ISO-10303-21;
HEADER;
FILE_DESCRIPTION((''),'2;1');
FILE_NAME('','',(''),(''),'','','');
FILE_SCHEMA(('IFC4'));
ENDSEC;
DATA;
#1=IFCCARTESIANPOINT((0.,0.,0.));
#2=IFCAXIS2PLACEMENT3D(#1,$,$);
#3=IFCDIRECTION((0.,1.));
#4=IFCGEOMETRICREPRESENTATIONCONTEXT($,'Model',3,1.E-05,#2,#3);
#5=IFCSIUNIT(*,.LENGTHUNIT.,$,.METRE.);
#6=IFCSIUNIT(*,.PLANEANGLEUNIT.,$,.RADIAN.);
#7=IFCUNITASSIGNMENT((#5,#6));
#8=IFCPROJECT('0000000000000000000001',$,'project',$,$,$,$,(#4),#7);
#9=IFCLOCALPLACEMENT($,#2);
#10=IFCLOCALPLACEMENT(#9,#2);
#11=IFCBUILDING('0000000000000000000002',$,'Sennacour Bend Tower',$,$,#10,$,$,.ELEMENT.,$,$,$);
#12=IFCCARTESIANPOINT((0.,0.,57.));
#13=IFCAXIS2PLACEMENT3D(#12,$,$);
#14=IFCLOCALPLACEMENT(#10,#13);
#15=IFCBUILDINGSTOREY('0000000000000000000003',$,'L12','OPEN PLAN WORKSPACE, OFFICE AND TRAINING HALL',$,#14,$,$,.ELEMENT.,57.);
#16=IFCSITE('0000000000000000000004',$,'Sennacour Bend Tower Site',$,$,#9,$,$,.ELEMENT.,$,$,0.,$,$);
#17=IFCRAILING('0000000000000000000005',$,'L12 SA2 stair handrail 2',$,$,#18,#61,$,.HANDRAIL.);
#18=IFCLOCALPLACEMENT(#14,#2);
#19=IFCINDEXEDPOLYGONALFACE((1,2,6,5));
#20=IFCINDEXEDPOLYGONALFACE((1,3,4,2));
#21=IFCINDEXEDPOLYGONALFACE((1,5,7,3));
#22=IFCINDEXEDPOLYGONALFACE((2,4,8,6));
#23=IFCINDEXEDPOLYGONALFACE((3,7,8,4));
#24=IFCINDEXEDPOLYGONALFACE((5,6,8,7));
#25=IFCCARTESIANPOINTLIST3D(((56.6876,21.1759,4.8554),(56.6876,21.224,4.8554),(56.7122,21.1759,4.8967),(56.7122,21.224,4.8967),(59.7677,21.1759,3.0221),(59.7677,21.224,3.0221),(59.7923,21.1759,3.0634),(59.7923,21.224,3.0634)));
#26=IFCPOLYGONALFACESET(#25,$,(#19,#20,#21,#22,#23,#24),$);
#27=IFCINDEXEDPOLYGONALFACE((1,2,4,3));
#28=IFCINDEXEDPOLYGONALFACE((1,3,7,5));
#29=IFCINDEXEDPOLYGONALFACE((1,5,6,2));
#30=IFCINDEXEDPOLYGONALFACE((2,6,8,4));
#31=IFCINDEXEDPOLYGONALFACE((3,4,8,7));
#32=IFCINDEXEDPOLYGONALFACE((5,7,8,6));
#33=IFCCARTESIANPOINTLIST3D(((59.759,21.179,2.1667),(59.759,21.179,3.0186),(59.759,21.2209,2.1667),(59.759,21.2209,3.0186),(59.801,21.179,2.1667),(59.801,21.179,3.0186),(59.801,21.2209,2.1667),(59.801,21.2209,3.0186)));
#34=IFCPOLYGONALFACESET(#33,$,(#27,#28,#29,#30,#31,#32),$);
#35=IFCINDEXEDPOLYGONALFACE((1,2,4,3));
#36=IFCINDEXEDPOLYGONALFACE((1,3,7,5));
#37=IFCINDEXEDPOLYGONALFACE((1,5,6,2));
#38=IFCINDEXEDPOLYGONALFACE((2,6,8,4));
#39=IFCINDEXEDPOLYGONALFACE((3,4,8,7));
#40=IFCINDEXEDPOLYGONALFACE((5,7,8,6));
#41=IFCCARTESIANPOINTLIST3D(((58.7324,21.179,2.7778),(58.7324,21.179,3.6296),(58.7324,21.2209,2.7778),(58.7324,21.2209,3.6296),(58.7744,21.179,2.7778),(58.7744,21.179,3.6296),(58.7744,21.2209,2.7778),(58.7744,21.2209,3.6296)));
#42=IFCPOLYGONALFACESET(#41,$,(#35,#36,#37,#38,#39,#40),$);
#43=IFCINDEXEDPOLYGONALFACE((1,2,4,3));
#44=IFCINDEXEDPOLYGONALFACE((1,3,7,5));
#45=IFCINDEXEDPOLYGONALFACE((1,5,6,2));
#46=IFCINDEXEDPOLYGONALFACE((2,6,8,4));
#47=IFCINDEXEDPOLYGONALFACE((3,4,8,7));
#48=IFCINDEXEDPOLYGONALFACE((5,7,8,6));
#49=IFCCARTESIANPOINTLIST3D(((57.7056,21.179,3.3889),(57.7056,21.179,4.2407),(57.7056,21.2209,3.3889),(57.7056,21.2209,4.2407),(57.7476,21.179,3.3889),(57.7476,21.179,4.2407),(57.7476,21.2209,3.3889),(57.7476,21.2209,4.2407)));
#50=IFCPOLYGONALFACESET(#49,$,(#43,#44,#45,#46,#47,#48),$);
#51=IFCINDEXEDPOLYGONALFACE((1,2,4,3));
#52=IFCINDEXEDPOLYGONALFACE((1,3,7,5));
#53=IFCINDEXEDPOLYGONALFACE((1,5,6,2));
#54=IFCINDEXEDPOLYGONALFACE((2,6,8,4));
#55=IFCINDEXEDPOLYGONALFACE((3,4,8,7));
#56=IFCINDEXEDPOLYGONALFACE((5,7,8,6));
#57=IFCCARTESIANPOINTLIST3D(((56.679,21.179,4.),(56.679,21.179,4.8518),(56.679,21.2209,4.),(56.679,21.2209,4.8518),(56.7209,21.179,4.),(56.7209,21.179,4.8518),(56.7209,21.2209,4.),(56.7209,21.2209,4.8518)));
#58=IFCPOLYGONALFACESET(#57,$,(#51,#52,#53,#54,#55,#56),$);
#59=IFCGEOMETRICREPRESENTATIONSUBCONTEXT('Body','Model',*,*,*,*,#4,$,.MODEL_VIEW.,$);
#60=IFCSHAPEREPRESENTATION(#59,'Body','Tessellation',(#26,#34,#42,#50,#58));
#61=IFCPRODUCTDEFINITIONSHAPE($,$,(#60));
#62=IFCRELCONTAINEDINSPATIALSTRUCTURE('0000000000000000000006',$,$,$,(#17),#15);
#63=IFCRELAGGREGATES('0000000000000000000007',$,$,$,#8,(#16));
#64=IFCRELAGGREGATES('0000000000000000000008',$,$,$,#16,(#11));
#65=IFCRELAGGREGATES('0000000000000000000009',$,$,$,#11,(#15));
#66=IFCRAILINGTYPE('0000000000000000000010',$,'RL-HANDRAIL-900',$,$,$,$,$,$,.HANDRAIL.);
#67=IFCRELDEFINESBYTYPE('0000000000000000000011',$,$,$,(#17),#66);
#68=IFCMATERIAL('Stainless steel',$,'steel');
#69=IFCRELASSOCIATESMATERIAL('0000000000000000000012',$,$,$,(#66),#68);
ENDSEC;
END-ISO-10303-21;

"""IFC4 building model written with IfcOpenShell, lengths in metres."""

from ifc_helpers import new_model, si_unit, direction, frame, origin, origin_2d, place, context, subcontext, project, spatial, rectangle, extrude, material, type_object, element, save


model = new_model("IFC4")

# Units and contexts
model_context = context("Model", 3, precision=1e-05, world=origin(), true_north=direction((0.0, 1.0)))
body_context = subcontext(model_context, "Body", "Model", "MODEL_VIEW")
ifc_project = project(units=[si_unit("LENGTHUNIT", "METRE"), si_unit("PLANEANGLEUNIT", "RADIAN")], contexts=[model_context])

# Site, building, storey
site_placement = place(None, origin())
site = spatial("IfcSite", under=ifc_project, at=site_placement, Name="Sennacour Bend Tower Site", CompositionType="ELEMENT", RefElevation=0.0)
building_placement = place(site_placement, origin())
building = spatial("IfcBuilding", under=site, at=building_placement, Name="Sennacour Bend Tower", CompositionType="ELEMENT")
storey_placement = place(building_placement, frame((0.0, 0.0, 57.0)))
storey = spatial("IfcBuildingStorey", under=building, at=storey_placement, Name="L12", Description="OPEN PLAN WORKSPACE, OFFICE AND TRAINING HALL", CompositionType="ELEMENT", Elevation=57.0)

# Shared definitions
ifc_material_1 = material(Name="Stainless steel", Category="steel")

# Railing
railing_type_1 = type_object("IfcRailingType", Name="RL-HANDRAIL-900", PredefinedType="HANDRAIL", material=ifc_material_1)
railing_1_placement = place(storey_placement, frame((59.78, 21.2, 2.1667)))
element("IfcRailing", 1, at=railing_1_placement, inside=storey, type_object=railing_type_1, Name="L12 SA2 stair handrail 2", PredefinedType="HANDRAIL", context=body_context, shape_type="SweptSolid", body=[
    extrude(rectangle(XDim=0.0481, YDim=0.0481, at=origin_2d()), frame((0.0, 0.0, 0.876), z_axis=(-0.859309, 0.0, 0.511458), x_axis=(0.0, -1.0, 0.0)), (0.0, 0.0, 1.0), 3.5845),
    extrude(rectangle(XDim=0.042, YDim=0.042, at=origin_2d()), origin(), (0.0, 0.0, 1.0), 0.8518),
    extrude(rectangle(XDim=0.042, YDim=0.042, at=origin_2d()), frame((-1.0266, 0.0, 0.6111)), (0.0, 0.0, 1.0), 0.8518),
    extrude(rectangle(XDim=0.042, YDim=0.042, at=origin_2d()), frame((-2.0535, 0.0, 1.2222)), (0.0, 0.0, 1.0), 0.8518),
    extrude(rectangle(XDim=0.042, YDim=0.042, at=origin_2d()), frame((-3.0801, 0.0, 1.8333)), (0.0, 0.0, 1.0), 0.8518),
])

save(model, "model.ifc")
